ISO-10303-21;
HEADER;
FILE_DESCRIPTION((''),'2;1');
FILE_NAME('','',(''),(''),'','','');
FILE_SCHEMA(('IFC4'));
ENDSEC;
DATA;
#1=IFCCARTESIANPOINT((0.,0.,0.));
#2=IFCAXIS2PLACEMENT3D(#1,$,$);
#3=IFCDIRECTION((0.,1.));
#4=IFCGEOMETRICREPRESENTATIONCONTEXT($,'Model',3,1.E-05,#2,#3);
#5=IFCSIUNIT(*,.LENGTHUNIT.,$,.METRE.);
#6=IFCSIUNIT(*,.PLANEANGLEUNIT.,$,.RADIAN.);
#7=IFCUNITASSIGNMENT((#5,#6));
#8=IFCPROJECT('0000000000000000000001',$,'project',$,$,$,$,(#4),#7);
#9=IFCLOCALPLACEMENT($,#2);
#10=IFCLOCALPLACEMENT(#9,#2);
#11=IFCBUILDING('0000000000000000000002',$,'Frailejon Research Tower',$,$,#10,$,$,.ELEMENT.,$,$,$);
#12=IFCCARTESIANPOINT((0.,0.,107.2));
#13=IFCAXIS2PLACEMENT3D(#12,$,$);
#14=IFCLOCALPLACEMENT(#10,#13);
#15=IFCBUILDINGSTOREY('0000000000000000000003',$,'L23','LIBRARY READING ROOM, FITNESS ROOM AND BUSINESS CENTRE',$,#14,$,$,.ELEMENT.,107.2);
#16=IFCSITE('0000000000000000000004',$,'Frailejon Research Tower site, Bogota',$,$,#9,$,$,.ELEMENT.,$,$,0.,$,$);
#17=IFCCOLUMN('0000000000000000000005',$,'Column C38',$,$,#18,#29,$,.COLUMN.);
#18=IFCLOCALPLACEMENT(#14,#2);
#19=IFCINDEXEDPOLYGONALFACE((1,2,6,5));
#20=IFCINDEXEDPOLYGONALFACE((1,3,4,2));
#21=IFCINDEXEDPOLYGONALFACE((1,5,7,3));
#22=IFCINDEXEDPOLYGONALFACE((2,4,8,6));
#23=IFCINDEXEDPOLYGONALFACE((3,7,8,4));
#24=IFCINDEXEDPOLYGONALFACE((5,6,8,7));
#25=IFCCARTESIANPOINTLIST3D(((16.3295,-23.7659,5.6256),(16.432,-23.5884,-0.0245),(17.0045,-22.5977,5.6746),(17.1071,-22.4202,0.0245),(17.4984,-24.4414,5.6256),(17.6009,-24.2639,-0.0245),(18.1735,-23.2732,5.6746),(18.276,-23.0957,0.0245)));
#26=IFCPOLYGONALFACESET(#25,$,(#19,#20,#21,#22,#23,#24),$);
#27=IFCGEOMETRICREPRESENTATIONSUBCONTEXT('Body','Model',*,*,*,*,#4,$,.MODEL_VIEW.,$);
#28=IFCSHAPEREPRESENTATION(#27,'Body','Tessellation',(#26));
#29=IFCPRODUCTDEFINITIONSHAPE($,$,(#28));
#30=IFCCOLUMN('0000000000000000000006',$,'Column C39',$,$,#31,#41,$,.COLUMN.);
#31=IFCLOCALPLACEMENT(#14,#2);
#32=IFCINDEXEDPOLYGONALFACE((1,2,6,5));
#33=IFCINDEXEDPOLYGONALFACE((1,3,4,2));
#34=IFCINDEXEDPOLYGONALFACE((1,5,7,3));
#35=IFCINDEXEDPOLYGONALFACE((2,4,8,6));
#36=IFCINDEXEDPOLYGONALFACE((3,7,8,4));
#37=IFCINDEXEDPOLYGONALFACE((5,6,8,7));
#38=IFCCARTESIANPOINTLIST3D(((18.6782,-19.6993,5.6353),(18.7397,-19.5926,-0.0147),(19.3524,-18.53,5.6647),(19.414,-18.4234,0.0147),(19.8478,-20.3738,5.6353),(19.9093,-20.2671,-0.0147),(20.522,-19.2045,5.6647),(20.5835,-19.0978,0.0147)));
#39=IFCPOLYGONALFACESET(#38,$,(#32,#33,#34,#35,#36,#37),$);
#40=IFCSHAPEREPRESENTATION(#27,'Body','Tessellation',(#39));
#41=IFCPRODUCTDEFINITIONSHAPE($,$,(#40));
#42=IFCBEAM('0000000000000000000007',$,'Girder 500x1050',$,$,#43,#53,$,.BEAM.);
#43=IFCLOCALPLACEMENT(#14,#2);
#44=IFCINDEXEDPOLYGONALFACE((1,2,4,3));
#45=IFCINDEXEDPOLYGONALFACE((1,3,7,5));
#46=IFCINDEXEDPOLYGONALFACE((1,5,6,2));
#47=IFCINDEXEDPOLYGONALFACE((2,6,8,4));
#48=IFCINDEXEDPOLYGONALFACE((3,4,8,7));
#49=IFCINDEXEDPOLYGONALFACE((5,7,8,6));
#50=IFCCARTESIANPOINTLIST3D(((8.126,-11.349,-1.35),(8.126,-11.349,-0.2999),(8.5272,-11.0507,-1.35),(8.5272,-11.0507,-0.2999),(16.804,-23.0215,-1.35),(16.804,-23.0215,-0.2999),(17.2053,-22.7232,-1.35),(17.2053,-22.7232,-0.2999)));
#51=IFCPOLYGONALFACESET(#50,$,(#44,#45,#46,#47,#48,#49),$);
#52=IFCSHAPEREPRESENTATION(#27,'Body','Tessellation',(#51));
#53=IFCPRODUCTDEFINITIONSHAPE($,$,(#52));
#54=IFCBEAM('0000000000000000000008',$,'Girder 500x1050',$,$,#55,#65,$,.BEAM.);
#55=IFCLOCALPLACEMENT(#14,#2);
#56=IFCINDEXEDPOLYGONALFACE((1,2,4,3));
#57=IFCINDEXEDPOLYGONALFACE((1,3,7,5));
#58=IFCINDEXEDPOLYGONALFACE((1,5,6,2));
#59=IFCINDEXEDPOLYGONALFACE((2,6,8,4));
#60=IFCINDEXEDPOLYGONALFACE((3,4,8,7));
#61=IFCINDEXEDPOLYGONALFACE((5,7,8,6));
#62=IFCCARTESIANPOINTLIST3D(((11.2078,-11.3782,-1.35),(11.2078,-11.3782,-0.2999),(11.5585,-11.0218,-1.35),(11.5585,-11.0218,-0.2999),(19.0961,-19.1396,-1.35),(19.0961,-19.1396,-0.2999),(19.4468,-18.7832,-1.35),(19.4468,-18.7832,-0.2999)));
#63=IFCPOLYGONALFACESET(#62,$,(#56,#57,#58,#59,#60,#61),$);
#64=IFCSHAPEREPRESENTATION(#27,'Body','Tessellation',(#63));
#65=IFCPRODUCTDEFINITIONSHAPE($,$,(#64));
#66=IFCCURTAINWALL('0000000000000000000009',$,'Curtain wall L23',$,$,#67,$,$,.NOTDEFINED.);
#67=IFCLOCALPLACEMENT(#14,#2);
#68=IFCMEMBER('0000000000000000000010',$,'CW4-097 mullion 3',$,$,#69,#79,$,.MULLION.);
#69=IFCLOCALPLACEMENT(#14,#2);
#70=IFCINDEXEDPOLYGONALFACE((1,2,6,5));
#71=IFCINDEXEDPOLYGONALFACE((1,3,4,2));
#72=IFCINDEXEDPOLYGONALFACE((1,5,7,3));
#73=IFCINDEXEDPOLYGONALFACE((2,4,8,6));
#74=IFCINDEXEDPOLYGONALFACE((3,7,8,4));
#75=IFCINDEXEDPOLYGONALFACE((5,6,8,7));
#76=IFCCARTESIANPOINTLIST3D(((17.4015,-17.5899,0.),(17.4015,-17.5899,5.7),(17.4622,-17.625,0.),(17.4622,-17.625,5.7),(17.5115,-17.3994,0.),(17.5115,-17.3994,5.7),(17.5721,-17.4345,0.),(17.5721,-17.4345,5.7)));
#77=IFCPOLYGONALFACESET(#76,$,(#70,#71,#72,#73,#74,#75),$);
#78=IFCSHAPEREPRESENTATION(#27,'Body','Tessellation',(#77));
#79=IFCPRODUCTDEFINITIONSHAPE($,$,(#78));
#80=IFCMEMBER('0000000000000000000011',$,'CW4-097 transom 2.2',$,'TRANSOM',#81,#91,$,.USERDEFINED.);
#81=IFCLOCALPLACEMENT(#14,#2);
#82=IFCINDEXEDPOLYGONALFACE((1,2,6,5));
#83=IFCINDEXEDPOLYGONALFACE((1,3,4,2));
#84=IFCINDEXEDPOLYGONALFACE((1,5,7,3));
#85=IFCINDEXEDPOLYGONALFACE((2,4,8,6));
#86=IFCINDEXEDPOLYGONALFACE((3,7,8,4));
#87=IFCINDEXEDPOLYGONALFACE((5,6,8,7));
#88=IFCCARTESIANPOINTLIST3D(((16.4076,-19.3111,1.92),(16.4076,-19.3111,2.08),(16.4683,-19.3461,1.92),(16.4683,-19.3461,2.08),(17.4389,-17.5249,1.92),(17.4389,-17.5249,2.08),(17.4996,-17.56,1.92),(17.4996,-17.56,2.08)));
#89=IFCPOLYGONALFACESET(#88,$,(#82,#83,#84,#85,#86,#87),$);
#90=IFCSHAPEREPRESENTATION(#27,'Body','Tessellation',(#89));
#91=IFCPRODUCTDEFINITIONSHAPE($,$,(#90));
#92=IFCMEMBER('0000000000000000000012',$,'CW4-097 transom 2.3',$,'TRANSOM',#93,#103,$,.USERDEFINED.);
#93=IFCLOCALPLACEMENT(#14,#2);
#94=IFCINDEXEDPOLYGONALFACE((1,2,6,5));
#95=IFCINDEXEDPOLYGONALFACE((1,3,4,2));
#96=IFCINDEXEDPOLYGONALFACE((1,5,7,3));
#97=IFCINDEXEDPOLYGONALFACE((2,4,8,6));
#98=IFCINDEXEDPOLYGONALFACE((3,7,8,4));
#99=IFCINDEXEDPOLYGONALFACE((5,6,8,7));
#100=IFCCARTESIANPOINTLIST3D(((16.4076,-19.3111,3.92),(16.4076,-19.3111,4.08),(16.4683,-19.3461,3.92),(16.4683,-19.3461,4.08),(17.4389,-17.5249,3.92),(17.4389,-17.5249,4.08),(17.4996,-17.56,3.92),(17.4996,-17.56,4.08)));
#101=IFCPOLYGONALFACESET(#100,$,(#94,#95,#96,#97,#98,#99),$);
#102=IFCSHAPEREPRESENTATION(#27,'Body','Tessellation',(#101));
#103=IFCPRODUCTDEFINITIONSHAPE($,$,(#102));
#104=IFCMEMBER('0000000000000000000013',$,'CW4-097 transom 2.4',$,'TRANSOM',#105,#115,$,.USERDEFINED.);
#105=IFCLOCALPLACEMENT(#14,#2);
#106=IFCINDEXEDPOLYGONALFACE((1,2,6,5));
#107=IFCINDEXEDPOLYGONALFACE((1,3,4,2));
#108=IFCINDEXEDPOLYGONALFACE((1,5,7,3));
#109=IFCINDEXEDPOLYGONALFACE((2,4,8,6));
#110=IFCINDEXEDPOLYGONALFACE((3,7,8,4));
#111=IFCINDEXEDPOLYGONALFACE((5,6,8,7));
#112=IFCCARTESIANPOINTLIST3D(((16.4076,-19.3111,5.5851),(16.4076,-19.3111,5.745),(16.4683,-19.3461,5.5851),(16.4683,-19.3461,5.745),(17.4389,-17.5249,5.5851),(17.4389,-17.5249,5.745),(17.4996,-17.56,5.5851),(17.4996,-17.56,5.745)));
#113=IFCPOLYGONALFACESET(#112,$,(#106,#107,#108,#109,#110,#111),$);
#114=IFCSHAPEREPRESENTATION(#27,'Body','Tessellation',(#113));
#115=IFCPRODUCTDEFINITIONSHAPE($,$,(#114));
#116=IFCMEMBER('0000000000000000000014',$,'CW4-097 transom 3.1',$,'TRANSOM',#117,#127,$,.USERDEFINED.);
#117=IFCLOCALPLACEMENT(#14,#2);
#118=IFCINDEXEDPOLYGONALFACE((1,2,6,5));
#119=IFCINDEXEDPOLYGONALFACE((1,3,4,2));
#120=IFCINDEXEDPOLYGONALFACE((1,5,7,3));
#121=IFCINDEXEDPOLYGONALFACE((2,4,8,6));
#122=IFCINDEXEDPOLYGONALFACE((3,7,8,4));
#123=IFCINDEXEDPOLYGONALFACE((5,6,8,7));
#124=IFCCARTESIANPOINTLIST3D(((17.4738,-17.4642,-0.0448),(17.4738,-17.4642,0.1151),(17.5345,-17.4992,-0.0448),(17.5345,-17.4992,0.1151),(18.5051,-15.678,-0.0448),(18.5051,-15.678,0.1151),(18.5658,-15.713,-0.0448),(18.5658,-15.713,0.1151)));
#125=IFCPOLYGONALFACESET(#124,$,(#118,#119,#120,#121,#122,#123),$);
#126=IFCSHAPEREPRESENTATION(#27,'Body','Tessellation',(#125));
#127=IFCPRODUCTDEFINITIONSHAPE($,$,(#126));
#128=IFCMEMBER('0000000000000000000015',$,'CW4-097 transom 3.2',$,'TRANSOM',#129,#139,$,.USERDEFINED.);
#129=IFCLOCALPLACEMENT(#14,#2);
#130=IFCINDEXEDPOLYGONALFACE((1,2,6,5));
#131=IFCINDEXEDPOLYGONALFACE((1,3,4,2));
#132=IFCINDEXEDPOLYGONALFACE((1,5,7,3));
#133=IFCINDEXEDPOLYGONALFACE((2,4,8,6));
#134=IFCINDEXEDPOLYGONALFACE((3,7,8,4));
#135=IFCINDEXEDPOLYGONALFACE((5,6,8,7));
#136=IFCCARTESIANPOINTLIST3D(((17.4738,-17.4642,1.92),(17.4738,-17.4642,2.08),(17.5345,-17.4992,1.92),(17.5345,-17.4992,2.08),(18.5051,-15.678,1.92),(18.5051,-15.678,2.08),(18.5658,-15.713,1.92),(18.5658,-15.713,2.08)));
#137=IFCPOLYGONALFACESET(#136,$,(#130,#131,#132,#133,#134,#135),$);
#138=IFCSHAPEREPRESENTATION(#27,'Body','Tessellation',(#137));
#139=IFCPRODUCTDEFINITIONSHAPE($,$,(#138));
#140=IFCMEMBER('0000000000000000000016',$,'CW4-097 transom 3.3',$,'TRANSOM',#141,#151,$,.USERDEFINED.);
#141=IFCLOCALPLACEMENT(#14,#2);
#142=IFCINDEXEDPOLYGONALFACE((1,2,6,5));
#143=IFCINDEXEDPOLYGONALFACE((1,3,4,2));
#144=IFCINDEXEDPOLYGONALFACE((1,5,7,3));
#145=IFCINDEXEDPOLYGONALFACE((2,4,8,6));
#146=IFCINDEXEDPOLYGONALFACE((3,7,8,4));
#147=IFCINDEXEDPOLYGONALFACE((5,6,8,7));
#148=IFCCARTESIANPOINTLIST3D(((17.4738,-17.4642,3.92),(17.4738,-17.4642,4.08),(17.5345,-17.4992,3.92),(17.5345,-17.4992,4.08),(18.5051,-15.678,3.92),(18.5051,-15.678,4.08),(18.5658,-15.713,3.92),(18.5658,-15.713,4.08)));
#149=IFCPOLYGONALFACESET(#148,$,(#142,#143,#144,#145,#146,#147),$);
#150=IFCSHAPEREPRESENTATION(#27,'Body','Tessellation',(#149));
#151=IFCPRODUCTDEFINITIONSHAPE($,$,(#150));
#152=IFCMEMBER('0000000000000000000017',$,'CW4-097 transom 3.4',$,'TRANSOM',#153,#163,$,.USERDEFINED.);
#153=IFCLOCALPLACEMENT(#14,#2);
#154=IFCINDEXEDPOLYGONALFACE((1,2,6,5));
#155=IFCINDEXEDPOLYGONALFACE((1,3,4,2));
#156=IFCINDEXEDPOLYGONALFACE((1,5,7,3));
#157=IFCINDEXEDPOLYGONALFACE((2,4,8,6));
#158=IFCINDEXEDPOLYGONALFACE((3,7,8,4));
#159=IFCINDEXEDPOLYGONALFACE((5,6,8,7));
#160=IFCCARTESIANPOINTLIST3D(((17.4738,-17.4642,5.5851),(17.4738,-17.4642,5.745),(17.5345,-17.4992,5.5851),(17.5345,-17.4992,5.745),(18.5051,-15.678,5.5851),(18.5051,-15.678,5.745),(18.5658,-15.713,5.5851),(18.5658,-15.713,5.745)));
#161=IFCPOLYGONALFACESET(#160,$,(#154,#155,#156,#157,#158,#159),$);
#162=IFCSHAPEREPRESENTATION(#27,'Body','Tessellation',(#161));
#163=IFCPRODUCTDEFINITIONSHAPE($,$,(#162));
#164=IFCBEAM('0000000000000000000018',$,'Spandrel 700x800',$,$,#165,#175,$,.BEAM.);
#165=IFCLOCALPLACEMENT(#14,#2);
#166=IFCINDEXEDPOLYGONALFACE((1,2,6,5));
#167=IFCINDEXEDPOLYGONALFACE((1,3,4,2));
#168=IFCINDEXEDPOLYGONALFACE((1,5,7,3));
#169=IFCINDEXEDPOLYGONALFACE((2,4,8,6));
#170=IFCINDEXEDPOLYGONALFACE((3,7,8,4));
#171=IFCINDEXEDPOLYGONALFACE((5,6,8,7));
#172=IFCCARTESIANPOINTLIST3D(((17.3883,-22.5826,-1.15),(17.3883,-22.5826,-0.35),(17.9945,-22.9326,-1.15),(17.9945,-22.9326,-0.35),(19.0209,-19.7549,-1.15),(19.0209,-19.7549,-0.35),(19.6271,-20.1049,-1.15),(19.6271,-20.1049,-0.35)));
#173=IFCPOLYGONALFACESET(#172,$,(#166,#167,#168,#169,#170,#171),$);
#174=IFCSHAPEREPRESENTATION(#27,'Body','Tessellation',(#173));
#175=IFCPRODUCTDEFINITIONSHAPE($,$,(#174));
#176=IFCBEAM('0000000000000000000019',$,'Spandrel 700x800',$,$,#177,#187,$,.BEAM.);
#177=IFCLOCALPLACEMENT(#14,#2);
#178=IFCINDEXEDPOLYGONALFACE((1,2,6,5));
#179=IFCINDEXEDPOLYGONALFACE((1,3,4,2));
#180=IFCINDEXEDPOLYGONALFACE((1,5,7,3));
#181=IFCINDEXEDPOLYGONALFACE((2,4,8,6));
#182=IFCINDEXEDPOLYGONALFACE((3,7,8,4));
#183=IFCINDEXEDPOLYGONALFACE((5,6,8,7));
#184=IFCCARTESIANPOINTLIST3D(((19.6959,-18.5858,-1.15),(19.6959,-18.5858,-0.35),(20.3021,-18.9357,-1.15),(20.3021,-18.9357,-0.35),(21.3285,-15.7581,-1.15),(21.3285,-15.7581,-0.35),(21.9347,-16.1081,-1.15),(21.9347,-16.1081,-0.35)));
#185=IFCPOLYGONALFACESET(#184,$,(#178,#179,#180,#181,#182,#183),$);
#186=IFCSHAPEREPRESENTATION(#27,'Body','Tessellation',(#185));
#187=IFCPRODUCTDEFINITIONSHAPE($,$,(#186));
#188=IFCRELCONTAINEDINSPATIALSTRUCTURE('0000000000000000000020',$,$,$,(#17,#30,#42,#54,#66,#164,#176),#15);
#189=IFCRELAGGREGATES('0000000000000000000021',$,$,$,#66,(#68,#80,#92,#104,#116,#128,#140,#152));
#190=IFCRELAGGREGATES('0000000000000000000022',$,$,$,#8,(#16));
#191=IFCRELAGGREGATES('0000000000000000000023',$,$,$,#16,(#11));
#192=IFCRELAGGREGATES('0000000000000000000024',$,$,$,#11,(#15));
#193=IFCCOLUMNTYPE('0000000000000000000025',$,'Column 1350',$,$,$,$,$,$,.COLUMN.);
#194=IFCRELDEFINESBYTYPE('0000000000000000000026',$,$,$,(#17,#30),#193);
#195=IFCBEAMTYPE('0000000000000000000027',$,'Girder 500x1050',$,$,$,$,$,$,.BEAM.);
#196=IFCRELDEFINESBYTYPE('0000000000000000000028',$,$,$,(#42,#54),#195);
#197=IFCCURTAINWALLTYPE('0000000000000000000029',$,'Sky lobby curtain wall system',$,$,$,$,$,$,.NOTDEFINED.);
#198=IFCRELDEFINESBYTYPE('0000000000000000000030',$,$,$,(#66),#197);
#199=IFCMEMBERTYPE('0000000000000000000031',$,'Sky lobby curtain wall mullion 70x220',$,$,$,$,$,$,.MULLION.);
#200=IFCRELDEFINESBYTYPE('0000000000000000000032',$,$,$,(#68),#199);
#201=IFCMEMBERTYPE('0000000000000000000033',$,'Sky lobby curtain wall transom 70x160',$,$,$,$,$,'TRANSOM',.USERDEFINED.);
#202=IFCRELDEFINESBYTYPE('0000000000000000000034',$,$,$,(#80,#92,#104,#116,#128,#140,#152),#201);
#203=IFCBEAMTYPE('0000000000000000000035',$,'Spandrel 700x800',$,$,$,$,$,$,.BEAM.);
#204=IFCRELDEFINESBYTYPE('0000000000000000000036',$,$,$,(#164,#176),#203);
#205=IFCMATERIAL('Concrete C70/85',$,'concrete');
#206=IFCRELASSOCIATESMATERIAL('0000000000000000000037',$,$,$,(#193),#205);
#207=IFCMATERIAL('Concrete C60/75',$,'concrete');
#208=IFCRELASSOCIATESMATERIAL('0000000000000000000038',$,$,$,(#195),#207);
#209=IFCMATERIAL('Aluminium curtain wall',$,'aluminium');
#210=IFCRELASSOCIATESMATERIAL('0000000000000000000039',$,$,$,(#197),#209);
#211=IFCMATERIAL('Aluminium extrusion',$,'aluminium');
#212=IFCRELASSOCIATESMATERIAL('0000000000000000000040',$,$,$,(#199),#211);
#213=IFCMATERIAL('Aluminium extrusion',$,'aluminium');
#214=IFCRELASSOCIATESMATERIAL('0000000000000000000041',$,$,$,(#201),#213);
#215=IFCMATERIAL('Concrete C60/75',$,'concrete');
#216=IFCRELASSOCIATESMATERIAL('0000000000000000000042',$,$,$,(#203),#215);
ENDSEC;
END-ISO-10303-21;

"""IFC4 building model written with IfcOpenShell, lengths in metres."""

from ifc_helpers import new_model, si_unit, direction, frame, origin, origin_2d, place, context, subcontext, project, spatial, rectangle, extrude, material, material_profile, profile_set, type_object, element, aggregate, save


model = new_model("IFC4")

# Units and contexts
model_context = context("Model", 3, precision=1e-05, world=origin(), true_north=direction((0.0, 1.0)))
body_context = subcontext(model_context, "Body", "Model", "MODEL_VIEW")
ifc_project = project(units=[si_unit("LENGTHUNIT", "METRE"), si_unit("PLANEANGLEUNIT", "RADIAN")], contexts=[model_context])

# Site, building, storey
site_placement = place(None, origin())
site = spatial("IfcSite", under=ifc_project, at=site_placement, Name="Frailejon Research Tower site, Bogota", CompositionType="ELEMENT", RefElevation=0.0)
building_placement = place(site_placement, origin())
building = spatial("IfcBuilding", under=site, at=building_placement, Name="Frailejon Research Tower", CompositionType="ELEMENT")
storey_placement = place(building_placement, frame((0.0, 0.0, 107.2)))
storey = spatial("IfcBuildingStorey", under=building, at=storey_placement, Name="L23", Description="LIBRARY READING ROOM, FITNESS ROOM AND BUSINESS CENTRE", CompositionType="ELEMENT", Elevation=107.2)

# Columns
ifc_material_1 = material(Name="Concrete C70/85", Category="concrete")
ifc_material_profile_1 = material_profile(ifc_material_1, rectangle(XDim=1.3501, YDim=1.3501, at=origin_2d()), Name="Column 1350")
ifc_profile_set_1 = profile_set([ifc_material_profile_1], Name="Concrete C70/85")
column_type = type_object("IfcColumnType", Name="Column 1350", PredefinedType="COLUMN", material=ifc_profile_set_1)
column_1_placement = place(storey_placement, frame((17.354, -23.342, 0.0), z_axis=(-0.018136, -0.031393, 0.999343), x_axis=(0.500015, 0.865258, 0.036255)))
element("IfcColumn", 1, at=column_1_placement, inside=storey, type_object=column_type, Name="Column C38", PredefinedType="COLUMN", context=body_context, shape_type="SweptSolid", body=[
    extrude(rectangle(XDim=1.3501, YDim=1.3501, at=origin_2d()), origin(), (0.0, 0.0, 1.0), 5.6538),
])
column_2_placement = place(storey_placement, frame((19.6616, -19.3452, 0.0), z_axis=(-0.010886, -0.018878, 0.999763), x_axis=(0.499423, 0.866084, 0.021792)))
element("IfcColumn", 2, at=column_2_placement, inside=storey, type_object=column_type, Name="Column C39", PredefinedType="COLUMN", context=body_context, shape_type="SweptSolid", body=[
    extrude(rectangle(XDim=1.3501, YDim=1.3501, at=origin_2d()), origin(), (0.0, 0.0, 1.0), 5.6514),
])

# Beams
ifc_material_2 = material(Name="Concrete C60/75", Category="concrete")
ifc_material_profile_2 = material_profile(ifc_material_2, rectangle(XDim=0.5, YDim=1.05, at=origin_2d()), Name="Girder 500x1050")
ifc_profile_set_2 = profile_set([ifc_material_profile_2], Name="Concrete C60/75")
beam_type_1 = type_object("IfcBeamType", Name="Girder 500x1050", PredefinedType="BEAM", material=ifc_profile_set_2)
beam_1_placement = place(storey_placement, frame((17.0046, -22.8723, -0.825), z_axis=(-0.596638, 0.802511, 0.0), x_axis=(-0.802511, -0.596638, 0.0)))
element("IfcBeam", 3, at=beam_1_placement, inside=storey, type_object=beam_type_1, Name="Girder 500x1050", PredefinedType="BEAM", context=body_context, shape_type="SweptSolid", body=[
    extrude(rectangle(XDim=0.5, YDim=1.05, at=origin_2d()), origin(), (0.0, 0.0, 1.0), 14.5449),
])
beam_2_placement = place(storey_placement, frame((19.2715, -18.9614, -0.825), z_axis=(-0.712819, 0.701348, 0.0), x_axis=(-0.701348, -0.712819, 0.0)))
element("IfcBeam", 4, at=beam_2_placement, inside=storey, type_object=beam_type_1, Name="Girder 500x1050", PredefinedType="BEAM", context=body_context, shape_type="SweptSolid", body=[
    extrude(rectangle(XDim=0.5, YDim=1.05, at=origin_2d()), origin(), (0.0, 0.0, 1.0), 11.0664),
])

# Curtain wall, members
ifc_material_3 = material(Name="Aluminium curtain wall", Category="aluminium")
curtain_wall_type = type_object("IfcCurtainWallType", Name="Sky lobby curtain wall system", PredefinedType="NOTDEFINED", material=ifc_material_3)
curtain_wall_placement = place(storey_placement, origin())
curtain_wall = element("IfcCurtainWall", 5, at=curtain_wall_placement, inside=storey, type_object=curtain_wall_type, Name="Curtain wall L23", PredefinedType="NOTDEFINED")
ifc_material_4 = material(Name="Aluminium extrusion", Category="aluminium")
ifc_material_profile_3 = material_profile(ifc_material_4, rectangle(XDim=0.0701, YDim=0.22, at=origin_2d()), Name="Sky lobby curtain wall mullion 70x220")
ifc_profile_set_3 = profile_set([ifc_material_profile_3], Name="Aluminium extrusion")
member_type_1 = type_object("IfcMemberType", Name="Sky lobby curtain wall mullion 70x220", PredefinedType="MULLION", material=ifc_profile_set_3)
member_1_placement = place(storey_placement, frame((17.4868, -17.5122, 0.0), z_axis=(0.0, 0.0, 1.0), x_axis=(-0.866026, 0.5, 0.0)))
member_1 = element("IfcMember", 6, at=member_1_placement, type_object=member_type_1, Name="CW4-097 mullion 3", PredefinedType="MULLION", context=body_context, shape_type="SweptSolid", body=[
    extrude(rectangle(XDim=0.0701, YDim=0.22, at=origin_2d()), origin(), (0.0, 0.0, 1.0), 5.7),
])
ifc_material_5 = material(Name="Aluminium extrusion", Category="aluminium")
ifc_material_profile_4 = material_profile(ifc_material_5, rectangle(XDim=0.0701, YDim=0.1599, at=origin_2d()), Name="Sky lobby curtain wall transom 70x160")
ifc_profile_set_4 = profile_set([ifc_material_profile_4], Name="Aluminium extrusion")
member_type_2 = type_object("IfcMemberType", Name="Sky lobby curtain wall transom 70x160", ElementType="TRANSOM", PredefinedType="USERDEFINED", material=ifc_profile_set_4)
member_2_placement = place(storey_placement, frame((16.438, -19.3286, 2.0), z_axis=(0.500009, 0.86602, 0.0), x_axis=(-0.86602, 0.500009, 0.0)))
member_2 = element("IfcMember", 7, at=member_2_placement, type_object=member_type_2, Name="CW4-097 transom 2.2", ObjectType="TRANSOM", PredefinedType="USERDEFINED", context=body_context, shape_type="SweptSolid", body=[
    extrude(rectangle(XDim=0.0701, YDim=0.1599, at=origin_2d()), origin(), (0.0, 0.0, 1.0), 2.0625),
])
member_3_placement = place(storey_placement, frame((16.438, -19.3286, 4.0), z_axis=(0.500009, 0.86602, 0.0), x_axis=(-0.86602, 0.500009, 0.0)))
member_3 = element("IfcMember", 8, at=member_3_placement, type_object=member_type_2, Name="CW4-097 transom 2.3", ObjectType="TRANSOM", PredefinedType="USERDEFINED", context=body_context, shape_type="SweptSolid", body=[
    extrude(rectangle(XDim=0.0701, YDim=0.1599, at=origin_2d()), origin(), (0.0, 0.0, 1.0), 2.0625),
])
member_4_placement = place(storey_placement, frame((16.438, -19.3286, 5.665), z_axis=(0.500009, 0.86602, 0.0), x_axis=(-0.86602, 0.500009, 0.0)))
member_4 = element("IfcMember", 9, at=member_4_placement, type_object=member_type_2, Name="CW4-097 transom 2.4", ObjectType="TRANSOM", PredefinedType="USERDEFINED", context=body_context, shape_type="SweptSolid", body=[
    extrude(rectangle(XDim=0.0701, YDim=0.1599, at=origin_2d()), origin(), (0.0, 0.0, 1.0), 2.0625),
])
member_5_placement = place(storey_placement, frame((17.5042, -17.4817, 0.0352), z_axis=(0.500009, 0.86602, 0.0), x_axis=(-0.86602, 0.500009, 0.0)))
member_5 = element("IfcMember", 10, at=member_5_placement, type_object=member_type_2, Name="CW4-097 transom 3.1", ObjectType="TRANSOM", PredefinedType="USERDEFINED", context=body_context, shape_type="SweptSolid", body=[
    extrude(rectangle(XDim=0.0701, YDim=0.1599, at=origin_2d()), origin(), (0.0, 0.0, 1.0), 2.0625),
])
member_6_placement = place(storey_placement, frame((17.5042, -17.4817, 2.0), z_axis=(0.500009, 0.86602, 0.0), x_axis=(-0.86602, 0.500009, 0.0)))
member_6 = element("IfcMember", 11, at=member_6_placement, type_object=member_type_2, Name="CW4-097 transom 3.2", ObjectType="TRANSOM", PredefinedType="USERDEFINED", context=body_context, shape_type="SweptSolid", body=[
    extrude(rectangle(XDim=0.0701, YDim=0.1599, at=origin_2d()), origin(), (0.0, 0.0, 1.0), 2.0625),
])
member_7_placement = place(storey_placement, frame((17.5042, -17.4817, 4.0), z_axis=(0.500009, 0.86602, 0.0), x_axis=(-0.86602, 0.500009, 0.0)))
member_7 = element("IfcMember", 12, at=member_7_placement, type_object=member_type_2, Name="CW4-097 transom 3.3", ObjectType="TRANSOM", PredefinedType="USERDEFINED", context=body_context, shape_type="SweptSolid", body=[
    extrude(rectangle(XDim=0.0701, YDim=0.1599, at=origin_2d()), origin(), (0.0, 0.0, 1.0), 2.0625),
])
member_8_placement = place(storey_placement, frame((17.5042, -17.4817, 5.665), z_axis=(0.500009, 0.86602, 0.0), x_axis=(-0.86602, 0.500009, 0.0)))
member_8 = element("IfcMember", 13, at=member_8_placement, type_object=member_type_2, Name="CW4-097 transom 3.4", ObjectType="TRANSOM", PredefinedType="USERDEFINED", context=body_context, shape_type="SweptSolid", body=[
    extrude(rectangle(XDim=0.0701, YDim=0.1599, at=origin_2d()), origin(), (0.0, 0.0, 1.0), 2.0625),
])

# Beams
ifc_material_6 = material(Name="Concrete C60/75", Category="concrete")
ifc_material_profile_5 = material_profile(ifc_material_6, rectangle(XDim=0.7, YDim=0.8, at=origin_2d()), Name="Spandrel 700x800")
ifc_profile_set_5 = profile_set([ifc_material_profile_5], Name="Concrete C60/75")
beam_type_2 = type_object("IfcBeamType", Name="Spandrel 700x800", PredefinedType="BEAM", material=ifc_profile_set_5)
for number, where, z_axis, x_axis, name in (
    (14, (17.6914, -22.7576, -0.75), (0.500007, 0.866021, 0.0), (-0.866021, 0.500007, 0.0), "Spandrel 700x800"),
    (15, (19.999, -18.7607, -0.75), (0.500007, 0.866021, 0.0), (-0.866021, 0.500007, 0.0), "Spandrel 700x800"),
):
    element("IfcBeam", number, at=place(storey_placement, frame(where, z_axis=z_axis, x_axis=x_axis)), inside=storey, type_object=beam_type_2, Name=name, PredefinedType="BEAM", context=body_context, shape_type="SweptSolid", body=[
        extrude(rectangle(XDim=0.7, YDim=0.8, at=origin_2d()), origin(), (0.0, 0.0, 1.0), 3.2651),
    ])

aggregate(curtain_wall, [member_1, member_2, member_3, member_4, member_5, member_6, member_7, member_8])

save(model, "model.ifc")
